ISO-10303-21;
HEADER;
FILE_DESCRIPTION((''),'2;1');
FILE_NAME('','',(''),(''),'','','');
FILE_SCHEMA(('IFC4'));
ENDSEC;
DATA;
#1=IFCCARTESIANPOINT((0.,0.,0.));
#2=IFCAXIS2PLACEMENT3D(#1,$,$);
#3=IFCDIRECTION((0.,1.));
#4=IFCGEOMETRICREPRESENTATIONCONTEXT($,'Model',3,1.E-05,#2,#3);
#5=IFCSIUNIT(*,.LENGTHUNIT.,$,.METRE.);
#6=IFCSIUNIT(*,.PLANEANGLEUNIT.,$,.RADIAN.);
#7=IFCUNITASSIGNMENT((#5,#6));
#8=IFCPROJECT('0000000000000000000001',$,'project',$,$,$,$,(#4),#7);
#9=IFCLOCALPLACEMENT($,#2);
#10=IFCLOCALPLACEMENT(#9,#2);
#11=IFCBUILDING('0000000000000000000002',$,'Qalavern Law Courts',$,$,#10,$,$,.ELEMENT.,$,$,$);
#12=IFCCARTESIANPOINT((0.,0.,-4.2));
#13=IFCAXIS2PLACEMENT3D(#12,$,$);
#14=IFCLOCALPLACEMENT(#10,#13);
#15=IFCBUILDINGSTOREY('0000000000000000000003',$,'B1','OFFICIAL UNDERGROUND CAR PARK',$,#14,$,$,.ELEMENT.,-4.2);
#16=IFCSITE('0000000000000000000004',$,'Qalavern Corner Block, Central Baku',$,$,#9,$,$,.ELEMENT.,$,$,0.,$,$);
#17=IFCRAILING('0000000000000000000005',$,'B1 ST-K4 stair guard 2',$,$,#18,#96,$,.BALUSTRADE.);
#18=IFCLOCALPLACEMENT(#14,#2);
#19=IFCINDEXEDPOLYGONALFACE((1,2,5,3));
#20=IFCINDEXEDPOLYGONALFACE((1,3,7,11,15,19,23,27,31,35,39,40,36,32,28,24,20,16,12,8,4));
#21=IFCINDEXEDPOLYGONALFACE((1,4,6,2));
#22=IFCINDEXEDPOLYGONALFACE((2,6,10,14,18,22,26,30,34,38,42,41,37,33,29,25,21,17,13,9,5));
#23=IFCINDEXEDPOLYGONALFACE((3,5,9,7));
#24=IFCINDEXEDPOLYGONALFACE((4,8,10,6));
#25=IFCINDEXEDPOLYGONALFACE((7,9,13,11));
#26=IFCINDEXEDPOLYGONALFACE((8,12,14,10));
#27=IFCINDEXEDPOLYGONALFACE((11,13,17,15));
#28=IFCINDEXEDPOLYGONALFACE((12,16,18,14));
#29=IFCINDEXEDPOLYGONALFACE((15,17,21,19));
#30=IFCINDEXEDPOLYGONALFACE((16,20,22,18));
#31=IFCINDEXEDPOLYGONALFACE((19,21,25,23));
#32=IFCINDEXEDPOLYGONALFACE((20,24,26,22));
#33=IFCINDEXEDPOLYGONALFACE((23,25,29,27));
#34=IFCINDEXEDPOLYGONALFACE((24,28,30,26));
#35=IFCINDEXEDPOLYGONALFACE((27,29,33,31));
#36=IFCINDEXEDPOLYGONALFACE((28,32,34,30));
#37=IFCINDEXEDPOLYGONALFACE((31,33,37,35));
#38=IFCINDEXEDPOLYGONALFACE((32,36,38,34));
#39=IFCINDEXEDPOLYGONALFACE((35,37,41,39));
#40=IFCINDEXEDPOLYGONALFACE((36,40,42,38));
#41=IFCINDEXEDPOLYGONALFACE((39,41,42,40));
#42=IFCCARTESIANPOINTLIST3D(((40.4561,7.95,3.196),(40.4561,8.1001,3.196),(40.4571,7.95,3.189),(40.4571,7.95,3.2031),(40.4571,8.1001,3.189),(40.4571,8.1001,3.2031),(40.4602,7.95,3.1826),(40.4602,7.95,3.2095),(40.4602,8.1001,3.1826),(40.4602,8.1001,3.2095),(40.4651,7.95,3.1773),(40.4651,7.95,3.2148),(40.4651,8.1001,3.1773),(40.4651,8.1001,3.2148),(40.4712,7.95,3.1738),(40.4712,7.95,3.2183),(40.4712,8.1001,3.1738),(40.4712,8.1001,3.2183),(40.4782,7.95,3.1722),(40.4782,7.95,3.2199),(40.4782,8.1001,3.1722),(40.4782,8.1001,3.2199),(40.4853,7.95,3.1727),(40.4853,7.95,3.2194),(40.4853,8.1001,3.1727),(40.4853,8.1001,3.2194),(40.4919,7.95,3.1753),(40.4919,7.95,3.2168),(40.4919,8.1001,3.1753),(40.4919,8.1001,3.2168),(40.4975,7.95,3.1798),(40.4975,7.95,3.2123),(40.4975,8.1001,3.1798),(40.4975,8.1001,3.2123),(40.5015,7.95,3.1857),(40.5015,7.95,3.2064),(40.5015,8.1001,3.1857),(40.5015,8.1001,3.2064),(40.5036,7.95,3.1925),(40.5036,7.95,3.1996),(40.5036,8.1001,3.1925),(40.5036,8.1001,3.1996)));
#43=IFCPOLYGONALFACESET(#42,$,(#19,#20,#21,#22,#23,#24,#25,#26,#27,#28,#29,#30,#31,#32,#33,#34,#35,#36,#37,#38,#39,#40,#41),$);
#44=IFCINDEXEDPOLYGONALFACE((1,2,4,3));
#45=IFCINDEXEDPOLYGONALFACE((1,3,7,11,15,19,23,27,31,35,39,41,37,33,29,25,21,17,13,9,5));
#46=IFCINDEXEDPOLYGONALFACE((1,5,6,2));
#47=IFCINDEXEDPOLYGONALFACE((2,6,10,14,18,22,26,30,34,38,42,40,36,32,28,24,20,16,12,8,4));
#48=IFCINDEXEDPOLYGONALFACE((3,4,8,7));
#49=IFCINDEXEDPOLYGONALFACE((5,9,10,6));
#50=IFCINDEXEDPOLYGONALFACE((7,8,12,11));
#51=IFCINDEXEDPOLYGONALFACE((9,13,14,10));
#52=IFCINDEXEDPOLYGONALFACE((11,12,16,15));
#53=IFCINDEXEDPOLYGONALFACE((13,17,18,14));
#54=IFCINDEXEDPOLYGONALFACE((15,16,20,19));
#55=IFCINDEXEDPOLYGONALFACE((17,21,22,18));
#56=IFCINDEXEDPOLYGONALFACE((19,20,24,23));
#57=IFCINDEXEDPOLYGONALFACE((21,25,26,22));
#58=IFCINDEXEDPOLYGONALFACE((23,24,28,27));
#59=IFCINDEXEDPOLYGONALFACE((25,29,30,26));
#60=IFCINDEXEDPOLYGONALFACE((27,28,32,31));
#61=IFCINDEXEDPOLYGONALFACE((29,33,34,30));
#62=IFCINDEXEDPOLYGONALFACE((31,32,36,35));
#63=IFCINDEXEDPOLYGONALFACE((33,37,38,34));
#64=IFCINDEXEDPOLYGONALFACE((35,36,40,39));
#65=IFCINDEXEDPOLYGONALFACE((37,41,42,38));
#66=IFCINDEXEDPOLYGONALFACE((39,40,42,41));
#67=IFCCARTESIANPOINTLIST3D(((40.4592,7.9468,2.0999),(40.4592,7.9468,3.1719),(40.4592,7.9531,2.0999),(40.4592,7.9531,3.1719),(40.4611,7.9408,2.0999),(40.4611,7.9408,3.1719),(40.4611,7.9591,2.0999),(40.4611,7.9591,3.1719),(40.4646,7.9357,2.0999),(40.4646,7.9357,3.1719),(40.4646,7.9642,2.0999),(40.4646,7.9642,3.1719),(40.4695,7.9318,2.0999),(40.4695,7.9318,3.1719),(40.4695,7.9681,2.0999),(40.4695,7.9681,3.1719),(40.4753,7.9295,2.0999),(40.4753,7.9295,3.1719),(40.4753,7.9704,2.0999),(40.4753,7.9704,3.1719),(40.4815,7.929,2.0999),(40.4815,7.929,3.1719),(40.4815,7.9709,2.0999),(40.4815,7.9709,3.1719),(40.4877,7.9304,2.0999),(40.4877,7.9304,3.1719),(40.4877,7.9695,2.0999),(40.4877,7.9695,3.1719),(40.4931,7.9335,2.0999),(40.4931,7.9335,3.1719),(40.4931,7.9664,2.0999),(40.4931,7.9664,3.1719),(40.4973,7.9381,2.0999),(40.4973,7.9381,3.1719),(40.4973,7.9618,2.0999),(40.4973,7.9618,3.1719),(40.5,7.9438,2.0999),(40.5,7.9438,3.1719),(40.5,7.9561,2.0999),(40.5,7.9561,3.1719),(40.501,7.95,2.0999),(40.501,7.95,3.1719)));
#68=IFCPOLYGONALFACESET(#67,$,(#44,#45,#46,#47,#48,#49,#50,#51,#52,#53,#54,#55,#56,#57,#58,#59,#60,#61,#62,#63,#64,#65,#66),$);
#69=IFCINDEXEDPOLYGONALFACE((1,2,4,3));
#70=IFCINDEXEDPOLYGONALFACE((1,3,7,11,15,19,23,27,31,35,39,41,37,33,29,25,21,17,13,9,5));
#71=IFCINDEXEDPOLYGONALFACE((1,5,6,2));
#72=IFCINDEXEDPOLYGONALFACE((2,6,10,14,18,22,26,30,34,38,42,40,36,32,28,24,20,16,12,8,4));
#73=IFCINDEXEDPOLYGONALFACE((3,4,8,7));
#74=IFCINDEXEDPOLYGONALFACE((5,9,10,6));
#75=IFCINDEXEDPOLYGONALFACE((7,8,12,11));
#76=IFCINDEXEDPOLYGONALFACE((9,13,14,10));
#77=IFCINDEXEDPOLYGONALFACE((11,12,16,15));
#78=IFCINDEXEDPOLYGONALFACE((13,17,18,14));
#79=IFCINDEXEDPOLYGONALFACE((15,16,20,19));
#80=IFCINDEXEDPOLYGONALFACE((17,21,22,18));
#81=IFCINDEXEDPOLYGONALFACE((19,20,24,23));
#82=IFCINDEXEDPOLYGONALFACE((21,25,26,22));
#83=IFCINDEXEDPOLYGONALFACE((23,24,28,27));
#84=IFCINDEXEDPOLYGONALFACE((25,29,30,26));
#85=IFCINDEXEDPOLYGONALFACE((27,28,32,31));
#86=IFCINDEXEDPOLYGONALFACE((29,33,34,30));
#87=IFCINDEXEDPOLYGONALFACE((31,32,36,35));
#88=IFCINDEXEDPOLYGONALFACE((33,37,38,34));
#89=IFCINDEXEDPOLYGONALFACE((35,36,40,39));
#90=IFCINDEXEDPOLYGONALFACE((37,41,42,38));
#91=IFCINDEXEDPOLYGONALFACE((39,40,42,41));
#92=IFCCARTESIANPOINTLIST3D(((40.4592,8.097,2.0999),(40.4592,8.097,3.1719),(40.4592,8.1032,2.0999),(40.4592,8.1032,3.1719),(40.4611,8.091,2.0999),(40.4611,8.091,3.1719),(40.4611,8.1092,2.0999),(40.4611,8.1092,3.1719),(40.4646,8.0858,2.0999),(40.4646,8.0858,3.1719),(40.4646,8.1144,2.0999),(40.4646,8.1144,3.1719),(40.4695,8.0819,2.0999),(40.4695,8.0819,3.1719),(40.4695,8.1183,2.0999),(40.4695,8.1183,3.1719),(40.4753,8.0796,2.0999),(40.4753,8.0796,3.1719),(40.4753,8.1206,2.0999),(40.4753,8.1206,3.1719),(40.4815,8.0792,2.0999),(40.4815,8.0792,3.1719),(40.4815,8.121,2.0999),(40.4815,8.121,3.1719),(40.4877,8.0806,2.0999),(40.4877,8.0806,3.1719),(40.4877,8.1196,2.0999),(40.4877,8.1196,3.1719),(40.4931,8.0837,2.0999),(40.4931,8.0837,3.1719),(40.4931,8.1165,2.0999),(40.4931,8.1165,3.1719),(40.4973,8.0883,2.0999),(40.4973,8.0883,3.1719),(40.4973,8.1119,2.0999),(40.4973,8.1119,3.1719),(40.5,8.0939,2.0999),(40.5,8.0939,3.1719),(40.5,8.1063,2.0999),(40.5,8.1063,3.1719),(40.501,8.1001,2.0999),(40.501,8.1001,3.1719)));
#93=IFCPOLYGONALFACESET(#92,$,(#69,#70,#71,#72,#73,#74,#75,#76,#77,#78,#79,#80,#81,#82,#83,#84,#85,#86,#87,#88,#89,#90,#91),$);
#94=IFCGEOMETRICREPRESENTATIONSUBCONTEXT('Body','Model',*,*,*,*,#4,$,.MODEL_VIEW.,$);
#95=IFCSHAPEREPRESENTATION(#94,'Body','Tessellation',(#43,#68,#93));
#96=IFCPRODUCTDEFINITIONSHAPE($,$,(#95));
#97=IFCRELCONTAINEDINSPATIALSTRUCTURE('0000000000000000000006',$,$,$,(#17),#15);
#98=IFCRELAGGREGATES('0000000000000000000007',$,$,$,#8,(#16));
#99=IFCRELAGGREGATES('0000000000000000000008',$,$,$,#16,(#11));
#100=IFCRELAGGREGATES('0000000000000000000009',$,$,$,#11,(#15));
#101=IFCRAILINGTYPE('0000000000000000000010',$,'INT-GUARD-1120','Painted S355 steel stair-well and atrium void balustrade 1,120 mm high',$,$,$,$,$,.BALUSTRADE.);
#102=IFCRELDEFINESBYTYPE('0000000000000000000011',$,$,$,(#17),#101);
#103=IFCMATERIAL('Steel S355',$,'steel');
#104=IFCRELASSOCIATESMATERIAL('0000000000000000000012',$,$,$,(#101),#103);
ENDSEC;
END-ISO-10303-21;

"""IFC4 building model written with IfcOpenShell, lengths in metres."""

from ifc_helpers import new_model, si_unit, direction, frame, origin, origin_2d, place, context, subcontext, project, spatial, circle, extrude, material, type_object, element, save


model = new_model("IFC4")

# Units and contexts
model_context = context("Model", 3, precision=1e-05, world=origin(), true_north=direction((0.0, 1.0)))
body_context = subcontext(model_context, "Body", "Model", "MODEL_VIEW")
ifc_project = project(units=[si_unit("LENGTHUNIT", "METRE"), si_unit("PLANEANGLEUNIT", "RADIAN")], contexts=[model_context])

# Site, building, storey
site_placement = place(None, origin())
site = spatial("IfcSite", under=ifc_project, at=site_placement, Name="Qalavern Corner Block, Central Baku", CompositionType="ELEMENT", RefElevation=0.0)
building_placement = place(site_placement, origin())
building = spatial("IfcBuilding", under=site, at=building_placement, Name="Qalavern Law Courts", CompositionType="ELEMENT")
storey_placement = place(building_placement, frame((0.0, 0.0, -4.2)))
storey = spatial("IfcBuildingStorey", under=building, at=storey_placement, Name="B1", Description="OFFICIAL UNDERGROUND CAR PARK", CompositionType="ELEMENT", Elevation=-4.2)

# Shared definitions
ifc_material_1 = material(Name="Steel S355", Category="steel")

# Railing
railing_type = type_object("IfcRailingType", Name="INT-GUARD-1120", Description="Painted S355 steel stair-well and atrium void balustrade 1,120 mm high", PredefinedType="BALUSTRADE", material=ifc_material_1)
railing_placement = place(storey_placement, frame((40.48, 7.95, 2.0999)))
element("IfcRailing", 1, at=railing_placement, inside=storey, type_object=railing_type, Name="B1 ST-K4 stair guard 2", PredefinedType="BALUSTRADE", context=body_context, shape_type="SweptSolid", body=[
    extrude(circle(Radius=0.0239, at=origin_2d()), frame((0.0, 0.0, 1.0962), z_axis=(0.0, 1.0, 0.0), x_axis=(-1.0, 0.0, 0.0)), (0.0, 0.0, 1.0), 0.1501),
    extrude(circle(Radius=0.021, at=origin_2d()), origin(), (0.0, 0.0, 1.0), 1.072),
    extrude(circle(Radius=0.021, at=origin_2d()), frame((0.0, 0.1501, 0.0)), (0.0, 0.0, 1.0), 1.072),
])

save(model, "model.ifc")
